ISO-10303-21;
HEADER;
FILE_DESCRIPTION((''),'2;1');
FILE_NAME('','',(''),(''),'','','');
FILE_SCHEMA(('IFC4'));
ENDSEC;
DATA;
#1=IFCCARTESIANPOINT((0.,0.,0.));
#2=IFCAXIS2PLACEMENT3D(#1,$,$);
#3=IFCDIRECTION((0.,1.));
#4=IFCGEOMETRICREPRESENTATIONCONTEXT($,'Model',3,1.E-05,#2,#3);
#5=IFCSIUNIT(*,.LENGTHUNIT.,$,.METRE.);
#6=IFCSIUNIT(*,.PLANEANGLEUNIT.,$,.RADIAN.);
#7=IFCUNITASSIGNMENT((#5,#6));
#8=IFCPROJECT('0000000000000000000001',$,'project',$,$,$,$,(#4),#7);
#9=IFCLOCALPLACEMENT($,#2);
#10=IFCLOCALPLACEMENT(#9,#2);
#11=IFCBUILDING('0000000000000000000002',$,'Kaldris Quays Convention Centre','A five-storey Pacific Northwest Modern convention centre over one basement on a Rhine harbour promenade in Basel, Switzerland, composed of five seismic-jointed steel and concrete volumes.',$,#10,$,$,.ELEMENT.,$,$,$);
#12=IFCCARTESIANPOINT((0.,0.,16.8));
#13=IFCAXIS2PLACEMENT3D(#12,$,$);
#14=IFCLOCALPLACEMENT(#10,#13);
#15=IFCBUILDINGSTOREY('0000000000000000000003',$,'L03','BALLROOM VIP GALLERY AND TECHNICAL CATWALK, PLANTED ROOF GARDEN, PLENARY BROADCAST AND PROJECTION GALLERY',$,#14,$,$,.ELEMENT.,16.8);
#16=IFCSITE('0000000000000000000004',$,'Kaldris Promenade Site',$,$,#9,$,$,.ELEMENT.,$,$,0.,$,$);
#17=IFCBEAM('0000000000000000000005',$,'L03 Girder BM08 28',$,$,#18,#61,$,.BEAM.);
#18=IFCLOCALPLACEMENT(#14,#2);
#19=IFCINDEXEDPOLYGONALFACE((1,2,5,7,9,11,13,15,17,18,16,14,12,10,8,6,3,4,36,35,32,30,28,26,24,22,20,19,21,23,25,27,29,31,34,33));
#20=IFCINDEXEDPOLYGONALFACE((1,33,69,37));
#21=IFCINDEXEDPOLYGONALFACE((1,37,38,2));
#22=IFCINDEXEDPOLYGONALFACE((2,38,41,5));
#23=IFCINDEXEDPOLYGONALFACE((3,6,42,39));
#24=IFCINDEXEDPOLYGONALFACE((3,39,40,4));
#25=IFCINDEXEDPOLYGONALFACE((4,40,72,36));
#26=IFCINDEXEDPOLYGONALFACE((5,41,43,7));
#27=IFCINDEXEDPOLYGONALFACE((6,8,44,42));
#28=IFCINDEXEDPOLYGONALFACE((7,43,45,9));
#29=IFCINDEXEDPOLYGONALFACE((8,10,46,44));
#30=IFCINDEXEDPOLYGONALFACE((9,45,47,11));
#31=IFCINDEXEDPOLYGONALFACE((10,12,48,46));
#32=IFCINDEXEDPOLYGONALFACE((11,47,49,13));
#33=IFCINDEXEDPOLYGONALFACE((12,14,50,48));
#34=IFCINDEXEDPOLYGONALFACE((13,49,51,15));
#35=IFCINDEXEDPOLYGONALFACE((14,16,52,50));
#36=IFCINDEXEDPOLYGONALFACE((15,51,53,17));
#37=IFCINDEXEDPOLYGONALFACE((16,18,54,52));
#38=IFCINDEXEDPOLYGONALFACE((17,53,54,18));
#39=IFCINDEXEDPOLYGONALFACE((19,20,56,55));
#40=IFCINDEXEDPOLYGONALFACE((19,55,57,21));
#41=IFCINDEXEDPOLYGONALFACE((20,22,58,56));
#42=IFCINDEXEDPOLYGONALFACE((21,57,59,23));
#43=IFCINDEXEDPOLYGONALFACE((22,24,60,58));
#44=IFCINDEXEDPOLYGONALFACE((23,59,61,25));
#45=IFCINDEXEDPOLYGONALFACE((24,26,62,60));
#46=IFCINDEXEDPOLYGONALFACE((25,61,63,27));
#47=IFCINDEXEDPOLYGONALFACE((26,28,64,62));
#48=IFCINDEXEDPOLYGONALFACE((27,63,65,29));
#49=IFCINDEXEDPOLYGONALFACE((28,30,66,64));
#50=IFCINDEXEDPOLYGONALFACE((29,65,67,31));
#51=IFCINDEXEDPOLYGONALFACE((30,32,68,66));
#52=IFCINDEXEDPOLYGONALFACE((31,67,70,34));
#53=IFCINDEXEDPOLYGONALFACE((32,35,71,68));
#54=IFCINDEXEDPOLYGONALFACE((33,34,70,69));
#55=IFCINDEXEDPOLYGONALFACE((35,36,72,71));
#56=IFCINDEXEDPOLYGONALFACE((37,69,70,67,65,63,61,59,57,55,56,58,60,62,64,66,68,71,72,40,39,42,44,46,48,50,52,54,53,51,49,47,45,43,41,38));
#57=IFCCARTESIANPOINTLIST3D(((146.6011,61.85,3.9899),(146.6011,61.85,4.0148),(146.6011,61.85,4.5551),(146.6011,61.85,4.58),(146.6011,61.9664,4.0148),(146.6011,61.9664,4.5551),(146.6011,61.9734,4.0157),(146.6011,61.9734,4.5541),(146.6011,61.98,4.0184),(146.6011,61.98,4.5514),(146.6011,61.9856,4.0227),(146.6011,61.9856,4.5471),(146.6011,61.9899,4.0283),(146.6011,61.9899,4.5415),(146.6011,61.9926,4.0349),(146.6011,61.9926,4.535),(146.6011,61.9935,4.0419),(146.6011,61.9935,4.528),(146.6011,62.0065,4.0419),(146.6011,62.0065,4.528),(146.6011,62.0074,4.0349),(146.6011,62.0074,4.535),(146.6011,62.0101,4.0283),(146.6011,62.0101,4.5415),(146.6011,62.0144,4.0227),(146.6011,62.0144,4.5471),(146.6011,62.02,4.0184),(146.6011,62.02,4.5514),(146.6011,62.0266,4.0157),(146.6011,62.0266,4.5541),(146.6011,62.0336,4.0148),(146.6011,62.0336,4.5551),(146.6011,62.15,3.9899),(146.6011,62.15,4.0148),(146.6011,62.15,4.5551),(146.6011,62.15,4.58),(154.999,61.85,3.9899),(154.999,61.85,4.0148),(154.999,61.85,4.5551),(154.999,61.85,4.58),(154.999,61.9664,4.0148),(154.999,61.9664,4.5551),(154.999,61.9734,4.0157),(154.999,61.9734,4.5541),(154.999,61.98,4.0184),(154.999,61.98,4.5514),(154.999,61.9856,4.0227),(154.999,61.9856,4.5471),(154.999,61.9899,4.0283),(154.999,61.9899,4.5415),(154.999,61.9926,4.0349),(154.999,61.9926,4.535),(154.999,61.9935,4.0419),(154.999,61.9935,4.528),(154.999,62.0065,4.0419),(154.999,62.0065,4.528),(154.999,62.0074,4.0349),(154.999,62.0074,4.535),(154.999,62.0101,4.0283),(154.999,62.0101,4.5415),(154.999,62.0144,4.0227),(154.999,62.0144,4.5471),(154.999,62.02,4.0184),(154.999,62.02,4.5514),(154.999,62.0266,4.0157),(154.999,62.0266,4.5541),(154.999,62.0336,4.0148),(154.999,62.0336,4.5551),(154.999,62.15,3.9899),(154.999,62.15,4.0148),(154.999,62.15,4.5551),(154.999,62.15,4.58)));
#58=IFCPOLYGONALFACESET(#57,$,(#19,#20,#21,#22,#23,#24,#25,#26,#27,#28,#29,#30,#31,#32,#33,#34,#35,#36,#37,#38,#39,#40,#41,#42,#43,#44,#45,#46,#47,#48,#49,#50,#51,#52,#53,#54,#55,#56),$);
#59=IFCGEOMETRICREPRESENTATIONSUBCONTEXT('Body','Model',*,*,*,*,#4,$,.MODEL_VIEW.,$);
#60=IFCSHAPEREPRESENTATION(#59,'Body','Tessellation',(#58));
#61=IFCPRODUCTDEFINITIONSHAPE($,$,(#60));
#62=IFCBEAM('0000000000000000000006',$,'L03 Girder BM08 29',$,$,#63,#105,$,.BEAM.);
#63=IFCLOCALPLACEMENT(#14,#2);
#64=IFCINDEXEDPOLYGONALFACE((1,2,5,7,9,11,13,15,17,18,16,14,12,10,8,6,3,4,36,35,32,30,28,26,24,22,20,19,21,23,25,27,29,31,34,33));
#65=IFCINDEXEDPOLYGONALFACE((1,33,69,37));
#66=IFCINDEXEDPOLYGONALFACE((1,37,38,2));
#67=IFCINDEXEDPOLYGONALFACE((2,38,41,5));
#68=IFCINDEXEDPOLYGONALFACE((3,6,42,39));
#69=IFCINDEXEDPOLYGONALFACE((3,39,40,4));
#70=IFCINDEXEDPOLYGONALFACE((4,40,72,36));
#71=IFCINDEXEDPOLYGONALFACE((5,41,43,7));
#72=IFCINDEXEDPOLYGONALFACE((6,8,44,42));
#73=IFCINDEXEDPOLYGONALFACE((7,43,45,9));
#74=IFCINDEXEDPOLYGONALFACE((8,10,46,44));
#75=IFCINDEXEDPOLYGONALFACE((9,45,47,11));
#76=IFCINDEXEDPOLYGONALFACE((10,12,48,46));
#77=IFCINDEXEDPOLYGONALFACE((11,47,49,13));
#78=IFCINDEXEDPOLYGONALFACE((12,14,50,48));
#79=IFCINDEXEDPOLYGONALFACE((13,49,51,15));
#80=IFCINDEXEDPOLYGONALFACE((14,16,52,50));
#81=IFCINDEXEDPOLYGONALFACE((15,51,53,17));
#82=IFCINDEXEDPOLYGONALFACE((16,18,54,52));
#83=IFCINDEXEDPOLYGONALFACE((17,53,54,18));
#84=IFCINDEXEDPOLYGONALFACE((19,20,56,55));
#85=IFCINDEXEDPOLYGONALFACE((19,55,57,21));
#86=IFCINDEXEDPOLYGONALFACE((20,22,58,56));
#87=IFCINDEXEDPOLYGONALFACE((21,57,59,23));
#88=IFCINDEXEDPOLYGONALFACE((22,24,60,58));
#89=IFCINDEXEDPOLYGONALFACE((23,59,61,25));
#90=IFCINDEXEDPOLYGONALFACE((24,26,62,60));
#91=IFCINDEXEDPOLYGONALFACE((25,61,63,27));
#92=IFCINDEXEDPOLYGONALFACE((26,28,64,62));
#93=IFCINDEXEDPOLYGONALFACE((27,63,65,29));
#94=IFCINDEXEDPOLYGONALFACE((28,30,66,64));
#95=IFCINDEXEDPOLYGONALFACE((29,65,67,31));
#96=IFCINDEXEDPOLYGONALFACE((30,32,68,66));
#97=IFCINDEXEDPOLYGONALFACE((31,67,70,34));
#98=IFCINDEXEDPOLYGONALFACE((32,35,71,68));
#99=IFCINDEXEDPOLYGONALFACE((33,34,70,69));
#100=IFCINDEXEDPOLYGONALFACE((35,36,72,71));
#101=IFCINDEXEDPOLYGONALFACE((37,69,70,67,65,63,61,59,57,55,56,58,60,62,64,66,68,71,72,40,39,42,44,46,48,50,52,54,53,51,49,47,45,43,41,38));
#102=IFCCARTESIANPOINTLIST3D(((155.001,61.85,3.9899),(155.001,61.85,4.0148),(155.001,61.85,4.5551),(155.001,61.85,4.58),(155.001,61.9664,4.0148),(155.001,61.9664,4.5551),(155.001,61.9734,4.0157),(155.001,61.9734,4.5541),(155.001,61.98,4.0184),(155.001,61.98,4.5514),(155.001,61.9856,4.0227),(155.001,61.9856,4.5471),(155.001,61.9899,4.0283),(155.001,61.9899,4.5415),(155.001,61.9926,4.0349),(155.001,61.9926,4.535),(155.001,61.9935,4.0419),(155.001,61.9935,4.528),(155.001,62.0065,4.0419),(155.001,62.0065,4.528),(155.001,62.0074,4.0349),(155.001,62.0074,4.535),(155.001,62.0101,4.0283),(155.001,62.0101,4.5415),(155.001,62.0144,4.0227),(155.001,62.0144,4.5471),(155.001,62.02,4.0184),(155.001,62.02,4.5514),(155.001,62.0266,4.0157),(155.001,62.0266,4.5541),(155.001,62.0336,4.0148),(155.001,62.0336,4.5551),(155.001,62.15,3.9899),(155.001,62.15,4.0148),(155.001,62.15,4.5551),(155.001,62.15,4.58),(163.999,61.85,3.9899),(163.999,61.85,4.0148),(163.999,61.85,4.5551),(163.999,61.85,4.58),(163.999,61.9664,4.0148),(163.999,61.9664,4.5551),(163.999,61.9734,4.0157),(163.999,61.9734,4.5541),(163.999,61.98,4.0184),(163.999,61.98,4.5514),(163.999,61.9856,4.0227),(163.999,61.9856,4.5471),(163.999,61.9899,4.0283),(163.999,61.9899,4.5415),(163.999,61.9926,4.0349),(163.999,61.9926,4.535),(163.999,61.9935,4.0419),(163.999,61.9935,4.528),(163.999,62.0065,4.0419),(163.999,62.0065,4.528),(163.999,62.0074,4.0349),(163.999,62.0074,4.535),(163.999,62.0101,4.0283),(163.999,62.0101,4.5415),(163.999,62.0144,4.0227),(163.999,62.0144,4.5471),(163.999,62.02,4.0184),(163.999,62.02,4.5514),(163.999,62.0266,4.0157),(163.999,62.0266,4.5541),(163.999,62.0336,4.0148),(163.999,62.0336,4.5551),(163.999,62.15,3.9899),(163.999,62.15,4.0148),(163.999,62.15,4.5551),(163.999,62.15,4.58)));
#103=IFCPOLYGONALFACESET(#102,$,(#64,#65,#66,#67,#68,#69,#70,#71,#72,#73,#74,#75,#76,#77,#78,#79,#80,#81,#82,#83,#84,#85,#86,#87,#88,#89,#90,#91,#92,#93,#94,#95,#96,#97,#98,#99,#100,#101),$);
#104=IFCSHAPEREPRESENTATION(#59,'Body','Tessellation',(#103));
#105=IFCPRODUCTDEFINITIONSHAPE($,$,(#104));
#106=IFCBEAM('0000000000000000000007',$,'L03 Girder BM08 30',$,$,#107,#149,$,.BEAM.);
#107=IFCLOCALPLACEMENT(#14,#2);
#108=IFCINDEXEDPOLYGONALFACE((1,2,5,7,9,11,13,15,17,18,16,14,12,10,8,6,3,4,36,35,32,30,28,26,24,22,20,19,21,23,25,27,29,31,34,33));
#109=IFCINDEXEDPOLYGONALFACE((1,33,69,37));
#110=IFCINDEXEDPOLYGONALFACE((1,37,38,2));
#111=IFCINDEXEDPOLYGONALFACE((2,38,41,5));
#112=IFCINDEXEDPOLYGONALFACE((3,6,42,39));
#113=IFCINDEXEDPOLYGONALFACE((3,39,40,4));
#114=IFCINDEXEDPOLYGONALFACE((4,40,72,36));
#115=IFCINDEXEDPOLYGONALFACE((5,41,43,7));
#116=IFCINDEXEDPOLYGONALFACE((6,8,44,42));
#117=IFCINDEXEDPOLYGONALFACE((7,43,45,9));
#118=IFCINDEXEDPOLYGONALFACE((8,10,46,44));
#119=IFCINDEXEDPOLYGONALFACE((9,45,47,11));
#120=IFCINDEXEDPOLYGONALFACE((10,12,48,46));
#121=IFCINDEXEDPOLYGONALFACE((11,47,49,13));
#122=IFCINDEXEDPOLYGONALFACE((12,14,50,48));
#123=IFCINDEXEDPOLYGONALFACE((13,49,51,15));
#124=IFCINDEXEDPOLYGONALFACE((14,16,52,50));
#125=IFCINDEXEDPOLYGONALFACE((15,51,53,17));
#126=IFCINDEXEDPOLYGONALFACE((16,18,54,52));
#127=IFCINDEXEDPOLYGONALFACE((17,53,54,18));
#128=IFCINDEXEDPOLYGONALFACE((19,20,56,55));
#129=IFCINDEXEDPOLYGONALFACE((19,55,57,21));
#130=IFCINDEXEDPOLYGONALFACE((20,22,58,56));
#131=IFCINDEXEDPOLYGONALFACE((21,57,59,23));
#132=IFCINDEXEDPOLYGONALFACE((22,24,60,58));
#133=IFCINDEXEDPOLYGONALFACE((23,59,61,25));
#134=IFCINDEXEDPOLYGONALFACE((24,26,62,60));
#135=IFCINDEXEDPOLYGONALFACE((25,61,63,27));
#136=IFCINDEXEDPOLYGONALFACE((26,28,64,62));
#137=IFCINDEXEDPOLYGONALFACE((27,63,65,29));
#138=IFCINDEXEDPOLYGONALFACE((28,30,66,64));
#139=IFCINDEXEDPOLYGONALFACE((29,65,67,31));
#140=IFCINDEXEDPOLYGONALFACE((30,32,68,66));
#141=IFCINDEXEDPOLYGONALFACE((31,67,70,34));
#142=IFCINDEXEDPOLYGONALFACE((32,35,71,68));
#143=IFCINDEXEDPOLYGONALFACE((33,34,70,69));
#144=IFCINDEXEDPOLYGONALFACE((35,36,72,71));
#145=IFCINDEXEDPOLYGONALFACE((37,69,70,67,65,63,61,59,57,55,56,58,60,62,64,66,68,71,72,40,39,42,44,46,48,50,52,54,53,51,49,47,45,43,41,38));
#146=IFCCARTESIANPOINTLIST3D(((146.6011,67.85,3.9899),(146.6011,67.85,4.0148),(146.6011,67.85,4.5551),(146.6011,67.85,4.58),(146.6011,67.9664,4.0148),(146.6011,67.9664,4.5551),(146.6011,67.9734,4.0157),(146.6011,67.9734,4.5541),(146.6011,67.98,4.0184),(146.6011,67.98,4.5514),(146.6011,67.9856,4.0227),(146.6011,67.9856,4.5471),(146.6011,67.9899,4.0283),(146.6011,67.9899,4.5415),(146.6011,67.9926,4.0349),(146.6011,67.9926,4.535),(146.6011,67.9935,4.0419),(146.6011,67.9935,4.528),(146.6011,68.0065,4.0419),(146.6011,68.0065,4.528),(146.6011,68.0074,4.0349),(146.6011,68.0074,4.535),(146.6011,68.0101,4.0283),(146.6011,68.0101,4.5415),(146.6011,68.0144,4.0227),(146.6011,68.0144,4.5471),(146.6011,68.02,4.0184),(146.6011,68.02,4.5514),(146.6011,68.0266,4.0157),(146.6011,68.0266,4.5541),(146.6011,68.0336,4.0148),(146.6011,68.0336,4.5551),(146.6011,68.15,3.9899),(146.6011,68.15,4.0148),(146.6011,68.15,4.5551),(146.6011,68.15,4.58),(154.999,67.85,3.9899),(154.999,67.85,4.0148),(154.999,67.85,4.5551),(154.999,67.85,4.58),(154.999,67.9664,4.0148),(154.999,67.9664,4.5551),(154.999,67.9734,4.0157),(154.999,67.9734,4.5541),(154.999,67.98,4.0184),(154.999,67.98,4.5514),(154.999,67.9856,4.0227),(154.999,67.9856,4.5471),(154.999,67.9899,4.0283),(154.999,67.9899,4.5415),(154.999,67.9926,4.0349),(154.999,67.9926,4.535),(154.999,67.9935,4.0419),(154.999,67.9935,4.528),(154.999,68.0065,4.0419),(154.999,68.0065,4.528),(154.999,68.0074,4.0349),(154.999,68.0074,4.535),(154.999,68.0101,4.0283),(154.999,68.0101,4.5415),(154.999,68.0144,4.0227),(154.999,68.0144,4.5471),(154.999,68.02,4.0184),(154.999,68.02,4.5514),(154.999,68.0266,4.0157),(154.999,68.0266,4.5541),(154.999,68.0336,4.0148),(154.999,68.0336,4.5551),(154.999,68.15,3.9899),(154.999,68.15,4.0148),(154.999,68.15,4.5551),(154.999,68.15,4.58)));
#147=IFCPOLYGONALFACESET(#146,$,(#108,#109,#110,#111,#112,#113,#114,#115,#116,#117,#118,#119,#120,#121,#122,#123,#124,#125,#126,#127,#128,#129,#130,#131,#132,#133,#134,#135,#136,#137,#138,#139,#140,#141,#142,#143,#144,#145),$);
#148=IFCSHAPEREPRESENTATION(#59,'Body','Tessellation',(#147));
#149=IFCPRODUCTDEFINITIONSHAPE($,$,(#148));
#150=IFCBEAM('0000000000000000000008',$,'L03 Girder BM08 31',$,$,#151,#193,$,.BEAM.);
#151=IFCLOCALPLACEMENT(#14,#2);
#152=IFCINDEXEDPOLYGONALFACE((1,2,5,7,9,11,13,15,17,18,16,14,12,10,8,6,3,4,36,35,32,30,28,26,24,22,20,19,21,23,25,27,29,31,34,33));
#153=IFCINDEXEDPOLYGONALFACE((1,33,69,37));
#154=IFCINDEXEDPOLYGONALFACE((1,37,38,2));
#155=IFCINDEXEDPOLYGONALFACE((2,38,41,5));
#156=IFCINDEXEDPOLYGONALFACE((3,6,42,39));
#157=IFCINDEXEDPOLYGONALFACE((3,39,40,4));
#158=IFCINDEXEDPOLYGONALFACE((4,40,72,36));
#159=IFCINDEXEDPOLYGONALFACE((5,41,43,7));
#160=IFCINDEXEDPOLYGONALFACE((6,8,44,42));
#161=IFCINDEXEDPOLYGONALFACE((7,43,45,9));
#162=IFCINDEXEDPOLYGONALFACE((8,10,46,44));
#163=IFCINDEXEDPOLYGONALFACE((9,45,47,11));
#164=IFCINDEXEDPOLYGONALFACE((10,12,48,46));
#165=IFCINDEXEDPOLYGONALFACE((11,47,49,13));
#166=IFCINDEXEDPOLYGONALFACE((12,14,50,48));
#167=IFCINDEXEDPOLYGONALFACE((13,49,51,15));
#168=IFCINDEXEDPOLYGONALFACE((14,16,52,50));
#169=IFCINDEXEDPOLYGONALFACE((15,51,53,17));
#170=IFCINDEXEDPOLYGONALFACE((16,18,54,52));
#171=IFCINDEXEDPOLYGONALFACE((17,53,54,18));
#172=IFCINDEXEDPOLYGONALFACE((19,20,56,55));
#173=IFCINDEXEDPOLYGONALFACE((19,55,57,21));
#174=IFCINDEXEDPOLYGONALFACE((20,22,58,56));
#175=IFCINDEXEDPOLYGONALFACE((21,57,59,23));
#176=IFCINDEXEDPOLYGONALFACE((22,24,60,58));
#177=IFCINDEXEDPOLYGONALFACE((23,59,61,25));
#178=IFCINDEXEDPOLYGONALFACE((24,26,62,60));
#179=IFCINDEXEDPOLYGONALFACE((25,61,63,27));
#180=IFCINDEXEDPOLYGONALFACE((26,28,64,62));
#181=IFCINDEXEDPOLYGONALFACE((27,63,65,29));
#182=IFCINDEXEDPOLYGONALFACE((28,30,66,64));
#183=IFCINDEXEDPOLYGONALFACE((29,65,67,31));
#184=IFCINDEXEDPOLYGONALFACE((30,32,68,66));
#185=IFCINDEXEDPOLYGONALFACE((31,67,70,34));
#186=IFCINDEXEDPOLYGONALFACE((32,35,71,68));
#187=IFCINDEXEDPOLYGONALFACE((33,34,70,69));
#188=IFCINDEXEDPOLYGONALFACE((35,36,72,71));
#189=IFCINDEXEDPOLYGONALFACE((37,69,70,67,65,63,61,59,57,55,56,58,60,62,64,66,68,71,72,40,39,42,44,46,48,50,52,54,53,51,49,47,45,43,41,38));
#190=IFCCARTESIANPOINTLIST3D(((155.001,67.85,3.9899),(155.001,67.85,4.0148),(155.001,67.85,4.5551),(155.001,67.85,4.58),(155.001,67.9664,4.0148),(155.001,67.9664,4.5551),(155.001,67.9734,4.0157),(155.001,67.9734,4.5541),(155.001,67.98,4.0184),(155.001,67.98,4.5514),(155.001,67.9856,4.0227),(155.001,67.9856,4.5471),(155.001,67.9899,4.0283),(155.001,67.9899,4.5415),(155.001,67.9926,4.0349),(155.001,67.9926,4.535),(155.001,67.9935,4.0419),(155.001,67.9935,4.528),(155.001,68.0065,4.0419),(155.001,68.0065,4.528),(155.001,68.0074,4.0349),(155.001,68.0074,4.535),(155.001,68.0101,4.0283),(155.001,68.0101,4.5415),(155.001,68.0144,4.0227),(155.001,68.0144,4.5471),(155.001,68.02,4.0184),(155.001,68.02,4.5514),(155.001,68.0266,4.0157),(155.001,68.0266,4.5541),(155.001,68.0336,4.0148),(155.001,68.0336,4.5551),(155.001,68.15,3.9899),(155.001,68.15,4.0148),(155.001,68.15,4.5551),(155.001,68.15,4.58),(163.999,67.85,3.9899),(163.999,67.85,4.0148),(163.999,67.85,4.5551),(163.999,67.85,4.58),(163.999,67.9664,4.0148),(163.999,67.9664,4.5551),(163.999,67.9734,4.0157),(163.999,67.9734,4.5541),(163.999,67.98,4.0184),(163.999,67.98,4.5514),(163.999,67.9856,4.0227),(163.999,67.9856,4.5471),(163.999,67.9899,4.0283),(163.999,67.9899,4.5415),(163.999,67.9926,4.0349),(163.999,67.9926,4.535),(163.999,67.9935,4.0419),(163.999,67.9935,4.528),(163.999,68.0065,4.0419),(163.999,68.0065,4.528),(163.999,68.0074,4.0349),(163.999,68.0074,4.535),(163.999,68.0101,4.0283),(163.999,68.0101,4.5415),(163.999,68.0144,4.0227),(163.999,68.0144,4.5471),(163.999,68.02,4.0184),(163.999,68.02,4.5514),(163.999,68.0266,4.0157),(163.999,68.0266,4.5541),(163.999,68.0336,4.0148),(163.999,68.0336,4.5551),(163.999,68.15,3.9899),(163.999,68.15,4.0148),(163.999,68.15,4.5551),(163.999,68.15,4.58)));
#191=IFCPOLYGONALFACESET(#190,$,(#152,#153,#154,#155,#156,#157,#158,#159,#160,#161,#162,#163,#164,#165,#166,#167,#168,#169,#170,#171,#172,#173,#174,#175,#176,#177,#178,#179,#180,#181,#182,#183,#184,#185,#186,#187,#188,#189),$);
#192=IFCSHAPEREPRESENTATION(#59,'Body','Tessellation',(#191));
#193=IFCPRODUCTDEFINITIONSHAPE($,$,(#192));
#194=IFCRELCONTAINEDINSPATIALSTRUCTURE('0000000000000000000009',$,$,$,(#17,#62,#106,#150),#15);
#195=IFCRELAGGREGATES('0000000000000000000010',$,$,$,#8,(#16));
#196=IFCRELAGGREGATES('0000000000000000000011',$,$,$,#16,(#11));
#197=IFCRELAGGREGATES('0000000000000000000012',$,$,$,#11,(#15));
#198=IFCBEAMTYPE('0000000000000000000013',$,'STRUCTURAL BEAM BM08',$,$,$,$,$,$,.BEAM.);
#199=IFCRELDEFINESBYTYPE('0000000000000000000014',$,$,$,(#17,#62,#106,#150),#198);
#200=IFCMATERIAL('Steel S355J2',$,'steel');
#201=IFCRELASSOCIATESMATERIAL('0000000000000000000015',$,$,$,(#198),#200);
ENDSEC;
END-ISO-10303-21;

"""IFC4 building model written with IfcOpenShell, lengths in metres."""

from ifc_helpers import new_model, si_unit, direction, frame, origin, origin_2d, place, context, subcontext, project, spatial, i_section, extrude, material, material_profile, profile_set, type_object, element, save


model = new_model("IFC4")

# Units and contexts
model_context = context("Model", 3, precision=1e-05, world=origin(), true_north=direction((0.0, 1.0)))
body_context = subcontext(model_context, "Body", "Model", "MODEL_VIEW")
ifc_project = project(units=[si_unit("LENGTHUNIT", "METRE"), si_unit("PLANEANGLEUNIT", "RADIAN")], contexts=[model_context])

# Site, building, storey
site_placement = place(None, origin())
site = spatial("IfcSite", under=ifc_project, at=site_placement, Name="Kaldris Promenade Site", CompositionType="ELEMENT", RefElevation=0.0)
building_placement = place(site_placement, origin())
building = spatial("IfcBuilding", under=site, at=building_placement, Name="Kaldris Quays Convention Centre", Description="A five-storey Pacific Northwest Modern convention centre over one basement on a Rhine harbour promenade in Basel, Switzerland, composed of five seismic-jointed steel and concrete volumes.", CompositionType="ELEMENT")
storey_placement = place(building_placement, frame((0.0, 0.0, 16.8)))
storey = spatial("IfcBuildingStorey", under=building, at=storey_placement, Name="L03", Description="BALLROOM VIP GALLERY AND TECHNICAL CATWALK, PLANTED ROOF GARDEN, PLENARY BROADCAST AND PROJECTION GALLERY", CompositionType="ELEMENT", Elevation=16.8)

# Shared definitions
ifc_material_1 = material(Name="Steel S355J2", Category="steel")

# Beams
ifc_material_profile_1 = material_profile(ifc_material_1, i_section(OverallWidth=0.3, OverallDepth=0.5901, WebThickness=0.0129, FlangeThickness=0.0249, FilletRadius=0.0271, at=origin_2d()), Name="HEA 600")
ifc_profile_set_1 = profile_set([ifc_material_profile_1], Name="Steel S355J2")
beam_type_1 = type_object("IfcBeamType", Name="STRUCTURAL BEAM BM08", PredefinedType="BEAM", material=ifc_profile_set_1)
beam_1_placement = place(storey_placement, frame((146.6011, 62.0, 4.2849), z_axis=(1.0, 0.0, 0.0), x_axis=(0.0, 1.0, 0.0)))
element("IfcBeam", 1, at=beam_1_placement, inside=storey, type_object=beam_type_1, Name="L03 Girder BM08 28", PredefinedType="BEAM", context=body_context, shape_type="SweptSolid", body=[
    extrude(i_section(OverallWidth=0.3, OverallDepth=0.5901, WebThickness=0.0129, FlangeThickness=0.0249, FilletRadius=0.0271, at=origin_2d()), origin(), (0.0, 0.0, 1.0), 8.3979),
])
beam_2_placement = place(storey_placement, frame((155.001, 62.0, 4.2849), z_axis=(1.0, 0.0, 0.0), x_axis=(0.0, 1.0, 0.0)))
element("IfcBeam", 2, at=beam_2_placement, inside=storey, type_object=beam_type_1, Name="L03 Girder BM08 29", PredefinedType="BEAM", context=body_context, shape_type="SweptSolid", body=[
    extrude(i_section(OverallWidth=0.3, OverallDepth=0.5901, WebThickness=0.0129, FlangeThickness=0.0249, FilletRadius=0.0271, at=origin_2d()), origin(), (0.0, 0.0, 1.0), 8.998),
])
beam_3_placement = place(storey_placement, frame((146.6011, 68.0, 4.2849), z_axis=(1.0, 0.0, 0.0), x_axis=(0.0, 1.0, 0.0)))
element("IfcBeam", 3, at=beam_3_placement, inside=storey, type_object=beam_type_1, Name="L03 Girder BM08 30", PredefinedType="BEAM", context=body_context, shape_type="SweptSolid", body=[
    extrude(i_section(OverallWidth=0.3, OverallDepth=0.5901, WebThickness=0.0129, FlangeThickness=0.0249, FilletRadius=0.0271, at=origin_2d()), origin(), (0.0, 0.0, 1.0), 8.3979),
])
beam_4_placement = place(storey_placement, frame((155.001, 68.0, 4.2849), z_axis=(1.0, 0.0, 0.0), x_axis=(0.0, 1.0, 0.0)))
element("IfcBeam", 4, at=beam_4_placement, inside=storey, type_object=beam_type_1, Name="L03 Girder BM08 31", PredefinedType="BEAM", context=body_context, shape_type="SweptSolid", body=[
    extrude(i_section(OverallWidth=0.3, OverallDepth=0.5901, WebThickness=0.0129, FlangeThickness=0.0249, FilletRadius=0.0271, at=origin_2d()), origin(), (0.0, 0.0, 1.0), 8.998),
])

save(model, "model.ifc")
